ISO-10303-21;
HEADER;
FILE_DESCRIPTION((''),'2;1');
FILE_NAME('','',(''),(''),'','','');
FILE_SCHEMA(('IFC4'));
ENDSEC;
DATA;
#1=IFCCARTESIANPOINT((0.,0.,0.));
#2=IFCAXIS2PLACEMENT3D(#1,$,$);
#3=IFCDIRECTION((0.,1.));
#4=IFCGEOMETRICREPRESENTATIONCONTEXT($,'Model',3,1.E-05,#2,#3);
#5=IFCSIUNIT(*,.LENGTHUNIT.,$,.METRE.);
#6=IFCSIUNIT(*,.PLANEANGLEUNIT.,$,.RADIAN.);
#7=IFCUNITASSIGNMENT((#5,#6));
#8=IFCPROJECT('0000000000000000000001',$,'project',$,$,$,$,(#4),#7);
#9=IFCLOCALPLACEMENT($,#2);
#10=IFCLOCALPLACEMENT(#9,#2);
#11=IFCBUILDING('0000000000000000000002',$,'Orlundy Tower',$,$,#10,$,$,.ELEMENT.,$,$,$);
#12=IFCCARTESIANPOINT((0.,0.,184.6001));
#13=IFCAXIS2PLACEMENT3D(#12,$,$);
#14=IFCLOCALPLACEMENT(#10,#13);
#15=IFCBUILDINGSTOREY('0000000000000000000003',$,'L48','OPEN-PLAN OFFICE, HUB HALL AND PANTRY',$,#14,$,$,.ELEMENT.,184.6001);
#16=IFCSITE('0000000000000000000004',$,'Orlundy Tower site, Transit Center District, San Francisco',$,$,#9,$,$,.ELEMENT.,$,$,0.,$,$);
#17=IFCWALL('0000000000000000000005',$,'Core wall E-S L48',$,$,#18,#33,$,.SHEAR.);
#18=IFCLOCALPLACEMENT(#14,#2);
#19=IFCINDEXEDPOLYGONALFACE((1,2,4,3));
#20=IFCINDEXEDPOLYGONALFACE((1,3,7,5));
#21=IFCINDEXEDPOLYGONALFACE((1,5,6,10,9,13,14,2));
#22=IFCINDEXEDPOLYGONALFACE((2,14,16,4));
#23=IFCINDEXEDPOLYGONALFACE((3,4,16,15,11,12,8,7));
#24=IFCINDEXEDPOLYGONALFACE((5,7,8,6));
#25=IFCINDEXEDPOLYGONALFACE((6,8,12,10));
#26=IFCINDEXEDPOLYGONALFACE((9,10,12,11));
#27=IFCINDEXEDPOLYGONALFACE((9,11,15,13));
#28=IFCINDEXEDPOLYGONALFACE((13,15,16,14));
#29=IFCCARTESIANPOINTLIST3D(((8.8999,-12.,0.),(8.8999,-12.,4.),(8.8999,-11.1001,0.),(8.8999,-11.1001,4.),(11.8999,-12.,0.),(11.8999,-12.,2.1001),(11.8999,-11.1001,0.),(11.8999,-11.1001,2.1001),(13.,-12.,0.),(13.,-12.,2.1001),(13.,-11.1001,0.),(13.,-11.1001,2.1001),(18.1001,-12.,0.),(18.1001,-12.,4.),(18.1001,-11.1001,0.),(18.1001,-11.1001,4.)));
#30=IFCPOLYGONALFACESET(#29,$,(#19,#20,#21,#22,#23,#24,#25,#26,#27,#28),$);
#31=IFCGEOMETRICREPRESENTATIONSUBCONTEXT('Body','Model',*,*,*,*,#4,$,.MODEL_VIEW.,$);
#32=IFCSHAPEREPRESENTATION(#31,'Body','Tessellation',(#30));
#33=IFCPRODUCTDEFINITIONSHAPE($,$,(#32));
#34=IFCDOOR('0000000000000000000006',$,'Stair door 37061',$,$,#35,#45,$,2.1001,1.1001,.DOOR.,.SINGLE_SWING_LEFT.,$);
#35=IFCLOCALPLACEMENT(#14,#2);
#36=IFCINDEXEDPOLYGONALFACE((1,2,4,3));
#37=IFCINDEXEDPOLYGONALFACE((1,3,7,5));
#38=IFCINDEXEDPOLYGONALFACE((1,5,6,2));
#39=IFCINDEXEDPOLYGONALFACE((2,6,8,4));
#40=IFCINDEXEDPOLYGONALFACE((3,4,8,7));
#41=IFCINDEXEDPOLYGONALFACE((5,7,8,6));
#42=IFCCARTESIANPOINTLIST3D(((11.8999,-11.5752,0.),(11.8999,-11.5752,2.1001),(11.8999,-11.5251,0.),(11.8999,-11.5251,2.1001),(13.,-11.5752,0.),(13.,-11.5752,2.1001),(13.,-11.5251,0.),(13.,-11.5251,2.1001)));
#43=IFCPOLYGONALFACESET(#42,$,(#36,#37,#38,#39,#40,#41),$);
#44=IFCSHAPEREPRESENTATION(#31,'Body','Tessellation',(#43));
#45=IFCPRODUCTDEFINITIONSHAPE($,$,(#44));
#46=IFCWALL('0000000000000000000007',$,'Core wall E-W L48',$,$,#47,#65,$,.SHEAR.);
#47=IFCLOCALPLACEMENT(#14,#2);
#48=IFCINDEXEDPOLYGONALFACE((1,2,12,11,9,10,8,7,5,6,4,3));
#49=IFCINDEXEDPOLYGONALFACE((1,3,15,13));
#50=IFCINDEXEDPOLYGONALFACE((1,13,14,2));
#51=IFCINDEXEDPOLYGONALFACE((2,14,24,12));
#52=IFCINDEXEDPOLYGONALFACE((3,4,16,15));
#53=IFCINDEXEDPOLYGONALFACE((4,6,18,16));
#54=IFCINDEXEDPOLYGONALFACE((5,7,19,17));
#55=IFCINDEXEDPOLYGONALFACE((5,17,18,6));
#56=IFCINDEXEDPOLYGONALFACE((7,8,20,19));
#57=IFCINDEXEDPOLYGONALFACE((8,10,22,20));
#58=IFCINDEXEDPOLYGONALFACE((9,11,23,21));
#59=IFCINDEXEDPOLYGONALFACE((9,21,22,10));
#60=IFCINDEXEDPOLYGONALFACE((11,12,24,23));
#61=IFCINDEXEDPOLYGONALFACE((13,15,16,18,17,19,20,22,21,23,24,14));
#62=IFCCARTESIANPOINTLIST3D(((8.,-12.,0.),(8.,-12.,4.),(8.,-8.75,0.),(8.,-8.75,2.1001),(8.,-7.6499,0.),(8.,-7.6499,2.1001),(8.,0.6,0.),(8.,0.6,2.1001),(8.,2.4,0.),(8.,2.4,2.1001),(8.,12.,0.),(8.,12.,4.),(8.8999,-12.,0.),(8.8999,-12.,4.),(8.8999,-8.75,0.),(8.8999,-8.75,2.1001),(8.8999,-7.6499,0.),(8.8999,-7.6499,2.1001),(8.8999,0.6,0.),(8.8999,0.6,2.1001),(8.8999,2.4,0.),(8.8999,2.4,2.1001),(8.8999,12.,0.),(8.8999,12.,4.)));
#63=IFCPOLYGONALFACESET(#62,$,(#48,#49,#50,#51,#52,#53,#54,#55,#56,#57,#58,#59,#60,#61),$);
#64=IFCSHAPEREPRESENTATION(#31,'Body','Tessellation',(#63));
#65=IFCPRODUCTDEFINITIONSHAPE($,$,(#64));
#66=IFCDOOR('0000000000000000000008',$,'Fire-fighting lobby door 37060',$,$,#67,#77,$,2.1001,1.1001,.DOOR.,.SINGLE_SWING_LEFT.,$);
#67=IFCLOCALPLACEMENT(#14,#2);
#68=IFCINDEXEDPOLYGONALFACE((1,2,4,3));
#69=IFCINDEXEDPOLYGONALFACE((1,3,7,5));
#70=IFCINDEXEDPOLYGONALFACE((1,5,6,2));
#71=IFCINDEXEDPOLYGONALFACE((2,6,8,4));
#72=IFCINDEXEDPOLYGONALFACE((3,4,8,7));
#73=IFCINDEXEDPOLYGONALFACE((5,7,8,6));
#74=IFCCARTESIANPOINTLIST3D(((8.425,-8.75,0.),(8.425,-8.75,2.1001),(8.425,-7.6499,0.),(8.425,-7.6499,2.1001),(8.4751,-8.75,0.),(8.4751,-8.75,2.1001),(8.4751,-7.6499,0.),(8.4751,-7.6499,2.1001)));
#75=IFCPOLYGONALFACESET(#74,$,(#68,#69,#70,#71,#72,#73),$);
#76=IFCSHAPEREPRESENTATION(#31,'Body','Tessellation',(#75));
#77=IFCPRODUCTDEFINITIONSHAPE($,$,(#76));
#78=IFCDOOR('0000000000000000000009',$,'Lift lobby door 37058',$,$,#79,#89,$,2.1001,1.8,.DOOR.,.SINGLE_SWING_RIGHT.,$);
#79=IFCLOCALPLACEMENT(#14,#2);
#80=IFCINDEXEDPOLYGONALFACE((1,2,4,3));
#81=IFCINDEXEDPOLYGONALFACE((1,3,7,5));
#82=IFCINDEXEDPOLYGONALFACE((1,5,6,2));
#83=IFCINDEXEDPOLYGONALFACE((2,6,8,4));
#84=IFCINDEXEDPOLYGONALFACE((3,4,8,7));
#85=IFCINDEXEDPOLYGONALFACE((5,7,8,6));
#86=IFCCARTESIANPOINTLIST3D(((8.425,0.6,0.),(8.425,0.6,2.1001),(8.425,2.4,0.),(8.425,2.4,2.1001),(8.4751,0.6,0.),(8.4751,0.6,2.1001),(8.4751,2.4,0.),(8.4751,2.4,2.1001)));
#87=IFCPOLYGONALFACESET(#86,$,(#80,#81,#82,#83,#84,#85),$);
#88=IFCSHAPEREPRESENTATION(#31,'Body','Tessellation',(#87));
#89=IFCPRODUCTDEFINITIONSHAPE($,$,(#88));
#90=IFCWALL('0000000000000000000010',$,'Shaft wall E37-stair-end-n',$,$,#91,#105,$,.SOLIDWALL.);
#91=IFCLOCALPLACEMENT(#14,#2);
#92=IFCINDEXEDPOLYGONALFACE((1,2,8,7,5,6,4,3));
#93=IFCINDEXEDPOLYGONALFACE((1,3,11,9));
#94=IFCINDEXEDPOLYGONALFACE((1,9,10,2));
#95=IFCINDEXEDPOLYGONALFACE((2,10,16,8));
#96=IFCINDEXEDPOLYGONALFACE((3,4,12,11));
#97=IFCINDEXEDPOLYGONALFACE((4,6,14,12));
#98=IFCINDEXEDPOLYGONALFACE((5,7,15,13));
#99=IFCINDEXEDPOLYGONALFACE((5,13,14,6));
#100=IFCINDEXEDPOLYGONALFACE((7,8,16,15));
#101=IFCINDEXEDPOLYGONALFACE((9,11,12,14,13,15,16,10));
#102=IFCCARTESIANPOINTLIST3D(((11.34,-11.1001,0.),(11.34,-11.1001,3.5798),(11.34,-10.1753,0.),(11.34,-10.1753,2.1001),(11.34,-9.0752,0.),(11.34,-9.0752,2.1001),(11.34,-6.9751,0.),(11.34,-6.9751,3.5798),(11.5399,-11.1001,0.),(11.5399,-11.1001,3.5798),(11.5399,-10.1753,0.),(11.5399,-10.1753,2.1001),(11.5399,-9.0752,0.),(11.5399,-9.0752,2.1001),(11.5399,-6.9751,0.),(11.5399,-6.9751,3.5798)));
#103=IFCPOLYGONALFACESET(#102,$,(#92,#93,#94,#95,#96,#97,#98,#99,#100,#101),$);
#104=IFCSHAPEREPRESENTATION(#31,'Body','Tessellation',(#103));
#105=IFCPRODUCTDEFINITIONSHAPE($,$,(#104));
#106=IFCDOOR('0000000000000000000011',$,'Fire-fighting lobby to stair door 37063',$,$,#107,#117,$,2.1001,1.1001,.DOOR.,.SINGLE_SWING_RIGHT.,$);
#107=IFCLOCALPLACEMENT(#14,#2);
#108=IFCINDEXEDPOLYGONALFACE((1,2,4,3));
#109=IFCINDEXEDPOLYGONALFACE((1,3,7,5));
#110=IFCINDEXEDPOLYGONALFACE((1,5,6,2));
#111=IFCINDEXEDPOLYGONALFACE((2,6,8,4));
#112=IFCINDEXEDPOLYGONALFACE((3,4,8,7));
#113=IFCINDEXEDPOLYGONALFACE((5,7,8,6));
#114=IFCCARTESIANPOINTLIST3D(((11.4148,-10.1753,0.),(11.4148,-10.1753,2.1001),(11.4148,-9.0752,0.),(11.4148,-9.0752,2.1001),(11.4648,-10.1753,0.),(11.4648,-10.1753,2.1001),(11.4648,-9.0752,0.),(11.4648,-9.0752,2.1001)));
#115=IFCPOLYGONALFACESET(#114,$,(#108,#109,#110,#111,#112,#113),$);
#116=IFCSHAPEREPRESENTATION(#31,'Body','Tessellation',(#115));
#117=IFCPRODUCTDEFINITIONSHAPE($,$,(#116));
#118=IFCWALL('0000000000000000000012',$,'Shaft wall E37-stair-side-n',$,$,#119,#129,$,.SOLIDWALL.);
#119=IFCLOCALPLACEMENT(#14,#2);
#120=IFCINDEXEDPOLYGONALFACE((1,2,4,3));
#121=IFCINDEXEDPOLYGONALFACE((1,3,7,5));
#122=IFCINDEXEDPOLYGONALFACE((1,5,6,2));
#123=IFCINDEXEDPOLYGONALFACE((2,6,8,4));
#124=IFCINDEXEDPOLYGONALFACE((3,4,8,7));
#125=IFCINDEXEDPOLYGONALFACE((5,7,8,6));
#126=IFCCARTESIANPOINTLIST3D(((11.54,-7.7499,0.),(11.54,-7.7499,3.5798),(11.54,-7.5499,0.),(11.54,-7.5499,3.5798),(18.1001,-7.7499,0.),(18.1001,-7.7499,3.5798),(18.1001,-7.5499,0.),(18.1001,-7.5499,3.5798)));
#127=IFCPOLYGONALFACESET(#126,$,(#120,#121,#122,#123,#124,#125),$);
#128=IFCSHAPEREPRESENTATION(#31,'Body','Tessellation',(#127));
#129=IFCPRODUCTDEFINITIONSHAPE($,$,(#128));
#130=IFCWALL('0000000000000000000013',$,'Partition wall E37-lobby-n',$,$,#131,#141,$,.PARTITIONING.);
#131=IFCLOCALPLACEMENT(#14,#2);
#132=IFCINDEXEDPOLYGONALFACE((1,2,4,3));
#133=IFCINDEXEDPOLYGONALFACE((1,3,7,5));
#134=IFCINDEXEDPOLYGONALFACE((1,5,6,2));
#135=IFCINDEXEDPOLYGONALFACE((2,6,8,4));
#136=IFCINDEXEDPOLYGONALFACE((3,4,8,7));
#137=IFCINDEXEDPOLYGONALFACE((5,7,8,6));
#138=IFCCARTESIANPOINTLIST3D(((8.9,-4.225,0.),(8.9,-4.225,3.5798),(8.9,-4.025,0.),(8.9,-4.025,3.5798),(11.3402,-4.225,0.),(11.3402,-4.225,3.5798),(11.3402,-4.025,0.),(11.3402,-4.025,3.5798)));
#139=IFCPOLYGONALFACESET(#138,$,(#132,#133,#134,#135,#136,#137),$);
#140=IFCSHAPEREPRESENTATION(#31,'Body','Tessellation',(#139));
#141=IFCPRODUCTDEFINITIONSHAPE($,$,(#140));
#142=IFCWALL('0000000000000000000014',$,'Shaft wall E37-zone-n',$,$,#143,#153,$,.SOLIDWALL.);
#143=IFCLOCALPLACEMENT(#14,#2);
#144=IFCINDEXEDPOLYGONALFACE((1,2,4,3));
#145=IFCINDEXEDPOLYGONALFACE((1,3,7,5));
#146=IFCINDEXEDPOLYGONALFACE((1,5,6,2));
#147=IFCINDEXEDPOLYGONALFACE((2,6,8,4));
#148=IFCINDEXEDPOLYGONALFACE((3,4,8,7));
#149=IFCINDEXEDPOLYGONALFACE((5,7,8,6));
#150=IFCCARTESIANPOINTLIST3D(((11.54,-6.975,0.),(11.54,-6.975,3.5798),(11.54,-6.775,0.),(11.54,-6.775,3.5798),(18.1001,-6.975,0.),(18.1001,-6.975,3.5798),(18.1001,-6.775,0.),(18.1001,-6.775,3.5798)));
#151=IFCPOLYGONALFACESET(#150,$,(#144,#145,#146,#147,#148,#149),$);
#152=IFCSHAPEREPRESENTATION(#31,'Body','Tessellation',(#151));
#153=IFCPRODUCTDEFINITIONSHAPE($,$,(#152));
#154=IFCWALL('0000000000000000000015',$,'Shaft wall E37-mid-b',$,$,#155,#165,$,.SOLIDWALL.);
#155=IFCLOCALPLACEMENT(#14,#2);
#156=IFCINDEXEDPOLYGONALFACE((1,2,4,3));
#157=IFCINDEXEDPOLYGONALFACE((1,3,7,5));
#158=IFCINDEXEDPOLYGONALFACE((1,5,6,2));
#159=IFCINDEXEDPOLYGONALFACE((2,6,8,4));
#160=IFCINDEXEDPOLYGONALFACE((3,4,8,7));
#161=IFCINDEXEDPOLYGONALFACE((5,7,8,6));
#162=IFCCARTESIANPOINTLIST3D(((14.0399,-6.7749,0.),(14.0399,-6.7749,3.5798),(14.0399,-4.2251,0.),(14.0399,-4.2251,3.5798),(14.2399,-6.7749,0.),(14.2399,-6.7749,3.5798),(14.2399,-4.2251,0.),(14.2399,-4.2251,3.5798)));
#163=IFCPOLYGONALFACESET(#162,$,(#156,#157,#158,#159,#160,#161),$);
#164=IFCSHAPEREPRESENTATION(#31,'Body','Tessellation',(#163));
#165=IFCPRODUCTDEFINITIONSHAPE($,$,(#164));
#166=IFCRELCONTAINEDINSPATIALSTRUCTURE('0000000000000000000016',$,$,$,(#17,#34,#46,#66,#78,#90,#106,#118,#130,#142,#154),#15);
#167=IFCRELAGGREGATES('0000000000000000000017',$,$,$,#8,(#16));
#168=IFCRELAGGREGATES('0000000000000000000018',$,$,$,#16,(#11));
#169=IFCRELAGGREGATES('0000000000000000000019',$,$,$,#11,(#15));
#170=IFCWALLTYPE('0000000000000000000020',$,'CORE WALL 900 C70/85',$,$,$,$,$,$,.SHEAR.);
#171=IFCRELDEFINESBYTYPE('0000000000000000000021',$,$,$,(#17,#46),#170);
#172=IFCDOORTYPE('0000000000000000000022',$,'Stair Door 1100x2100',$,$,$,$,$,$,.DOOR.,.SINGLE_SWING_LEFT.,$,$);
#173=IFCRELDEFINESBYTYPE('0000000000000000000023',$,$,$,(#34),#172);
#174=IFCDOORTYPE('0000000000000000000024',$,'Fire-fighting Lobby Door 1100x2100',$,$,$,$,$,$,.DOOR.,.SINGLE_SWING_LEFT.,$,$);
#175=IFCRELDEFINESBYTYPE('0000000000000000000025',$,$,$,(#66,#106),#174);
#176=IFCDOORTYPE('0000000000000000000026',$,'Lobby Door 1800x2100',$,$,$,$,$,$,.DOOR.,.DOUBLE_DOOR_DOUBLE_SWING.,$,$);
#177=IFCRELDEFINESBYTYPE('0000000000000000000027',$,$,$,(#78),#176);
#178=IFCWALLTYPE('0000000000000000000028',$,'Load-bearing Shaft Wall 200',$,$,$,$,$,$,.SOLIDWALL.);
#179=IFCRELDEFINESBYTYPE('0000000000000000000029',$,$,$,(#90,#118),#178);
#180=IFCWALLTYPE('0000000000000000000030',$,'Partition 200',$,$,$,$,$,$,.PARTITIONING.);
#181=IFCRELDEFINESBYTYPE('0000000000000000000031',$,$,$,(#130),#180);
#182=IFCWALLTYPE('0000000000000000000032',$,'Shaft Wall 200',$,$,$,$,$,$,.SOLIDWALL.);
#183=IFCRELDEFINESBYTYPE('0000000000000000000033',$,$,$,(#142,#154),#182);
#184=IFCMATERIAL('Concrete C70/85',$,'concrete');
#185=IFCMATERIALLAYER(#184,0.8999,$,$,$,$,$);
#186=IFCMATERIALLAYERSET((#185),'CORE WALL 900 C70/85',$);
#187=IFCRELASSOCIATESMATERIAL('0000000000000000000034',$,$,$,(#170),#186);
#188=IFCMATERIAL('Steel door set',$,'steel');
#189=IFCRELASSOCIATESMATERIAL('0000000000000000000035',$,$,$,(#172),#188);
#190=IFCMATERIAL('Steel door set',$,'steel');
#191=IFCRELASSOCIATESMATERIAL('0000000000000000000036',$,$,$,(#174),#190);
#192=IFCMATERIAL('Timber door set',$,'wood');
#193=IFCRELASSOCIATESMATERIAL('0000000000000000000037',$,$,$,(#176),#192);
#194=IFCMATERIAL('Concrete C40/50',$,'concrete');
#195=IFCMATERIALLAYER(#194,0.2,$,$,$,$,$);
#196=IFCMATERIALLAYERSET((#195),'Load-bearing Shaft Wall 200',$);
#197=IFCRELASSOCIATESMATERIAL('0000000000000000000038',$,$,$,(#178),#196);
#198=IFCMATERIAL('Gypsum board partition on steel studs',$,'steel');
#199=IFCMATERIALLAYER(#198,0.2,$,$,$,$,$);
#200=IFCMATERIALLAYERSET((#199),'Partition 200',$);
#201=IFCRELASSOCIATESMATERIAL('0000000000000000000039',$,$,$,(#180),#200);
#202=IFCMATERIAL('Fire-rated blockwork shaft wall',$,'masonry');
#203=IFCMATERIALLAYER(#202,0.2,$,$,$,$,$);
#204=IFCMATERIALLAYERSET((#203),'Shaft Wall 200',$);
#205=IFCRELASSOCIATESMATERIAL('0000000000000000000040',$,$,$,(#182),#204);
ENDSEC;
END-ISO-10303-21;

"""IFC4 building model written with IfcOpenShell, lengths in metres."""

from ifc_helpers import new_model, si_unit, direction, frame, frame_2d, origin, place, context, subcontext, project, spatial, rectangle, extrude, material, layer, layer_set, type_object, element, fill, save


model = new_model("IFC4")

# Units and contexts
model_context = context("Model", 3, precision=1e-05, world=origin(), true_north=direction((0.0, 1.0)))
body_context = subcontext(model_context, "Body", "Model", "MODEL_VIEW")
ifc_project = project(units=[si_unit("LENGTHUNIT", "METRE"), si_unit("PLANEANGLEUNIT", "RADIAN")], contexts=[model_context])

# Site, building, storey
site_placement = place(None, origin())
site = spatial("IfcSite", under=ifc_project, at=site_placement, Name="Orlundy Tower site, Transit Center District, San Francisco", CompositionType="ELEMENT", RefElevation=0.0)
building_placement = place(site_placement, origin())
building = spatial("IfcBuilding", under=site, at=building_placement, Name="Orlundy Tower", CompositionType="ELEMENT")
storey_placement = place(building_placement, frame((0.0, 0.0, 184.6001)))
storey = spatial("IfcBuildingStorey", under=building, at=storey_placement, Name="L48", Description="OPEN-PLAN OFFICE, HUB HALL AND PANTRY", CompositionType="ELEMENT", Elevation=184.6001)

# Wall, opening, door
ifc_material_1 = material(Name="Concrete C70/85", Category="concrete")
ifc_layer_1 = layer(ifc_material_1, 0.8999)
ifc_layer_set_1 = layer_set([ifc_layer_1], Name="CORE WALL 900 C70/85")
wall_type_1 = type_object("IfcWallType", Name="CORE WALL 900 C70/85", PredefinedType="SHEAR", material=ifc_layer_set_1)
wall_1_placement = place(storey_placement, frame((8.8999, -11.55, 0.0), z_axis=(0.0, 0.0, 1.0), x_axis=(1.0, 0.0, 0.0)))
wall_1 = element("IfcWall", 1, at=wall_1_placement, inside=storey, type_object=wall_type_1, Name="Core wall E-S L48", PredefinedType="SHEAR", context=body_context, shape_type="SweptSolid", body=[
    extrude(rectangle(XDim=9.2002, YDim=0.8999, at=frame_2d((4.6001, 0.0))), origin(), (0.0, 0.0, 1.0), 4.0),
])
opening_1_placement = place(wall_1_placement, frame((3.0, 0.0, 0.0)))
opening_1 = element("IfcOpeningElement", 2, at=opening_1_placement, cuts=wall_1, PredefinedType="OPENING", context=body_context, shape_type="SweptSolid", body=[
    extrude(rectangle(XDim=1.1001, YDim=2.1001, at=frame_2d((0.55, 1.05))), frame((0.0, 0.46, 0.0), z_axis=(0.0, -1.0, 0.0), x_axis=(1.0, 0.0, 0.0)), (0.0, 0.0, 1.0), 0.9199),
])
ifc_material_2 = material(Name="Steel door set", Category="steel")
door_type_1 = type_object("IfcDoorType", Name="Stair Door 1100x2100", OperationType="SINGLE_SWING_LEFT", PredefinedType="DOOR", material=ifc_material_2)
door_1_placement = place(opening_1_placement, origin())
door_1 = element("IfcDoor", 3, at=door_1_placement, inside=storey, type_object=door_type_1, Name="Stair door 37061", OperationType="SINGLE_SWING_LEFT", OverallHeight=2.1001, OverallWidth=1.1001, PredefinedType="DOOR", context=body_context, shape_type="SweptSolid", body=[
    extrude(rectangle(XDim=1.1001, YDim=2.1001, at=frame_2d((0.55, 1.05))), frame((0.0, 0.0249, 0.0), z_axis=(0.0, -1.0, 0.0), x_axis=(1.0, 0.0, 0.0)), (0.0, 0.0, 1.0), 0.05),
])
fill(opening_1, door_1)

# Wall, openings, doors
wall_2_placement = place(storey_placement, frame((8.45, -12.0, 0.0), z_axis=(0.0, 0.0, 1.0), x_axis=(0.0, 1.0, 0.0)))
wall_2 = element("IfcWall", 4, at=wall_2_placement, inside=storey, type_object=wall_type_1, Name="Core wall E-W L48", PredefinedType="SHEAR", context=body_context, shape_type="SweptSolid", body=[
    extrude(rectangle(XDim=24.0, YDim=0.8999, at=frame_2d((12.0, 0.0))), origin(), (0.0, 0.0, 1.0), 4.0),
])
opening_2_placement = place(wall_2_placement, frame((12.6001, 0.0, 0.0)))
opening_2 = element("IfcOpeningElement", 5, at=opening_2_placement, cuts=wall_2, PredefinedType="OPENING", context=body_context, shape_type="SweptSolid", body=[
    extrude(rectangle(XDim=1.8, YDim=2.1001, at=frame_2d((0.8999, 1.05))), frame((0.0, 0.46, 0.0), z_axis=(0.0, -1.0, 0.0), x_axis=(1.0, 0.0, 0.0)), (0.0, 0.0, 1.0), 0.9199),
])
opening_3_placement = place(wall_2_placement, frame((3.25, 0.0, 0.0)))
opening_3 = element("IfcOpeningElement", 6, at=opening_3_placement, cuts=wall_2, PredefinedType="OPENING", context=body_context, shape_type="SweptSolid", body=[
    extrude(rectangle(XDim=1.1001, YDim=2.1001, at=frame_2d((0.55, 1.05))), frame((0.0, 0.46, 0.0), z_axis=(0.0, -1.0, 0.0), x_axis=(1.0, 0.0, 0.0)), (0.0, 0.0, 1.0), 0.9199),
])
ifc_material_3 = material(Name="Steel door set", Category="steel")
door_type_2 = type_object("IfcDoorType", Name="Fire-fighting Lobby Door 1100x2100", OperationType="SINGLE_SWING_LEFT", PredefinedType="DOOR", material=ifc_material_3)
door_2_placement = place(opening_3_placement, origin())
door_2 = element("IfcDoor", 7, at=door_2_placement, inside=storey, type_object=door_type_2, Name="Fire-fighting lobby door 37060", OperationType="SINGLE_SWING_LEFT", OverallHeight=2.1001, OverallWidth=1.1001, PredefinedType="DOOR", context=body_context, shape_type="SweptSolid", body=[
    extrude(rectangle(XDim=1.1001, YDim=2.1001, at=frame_2d((0.55, 1.05))), frame((0.0, 0.0249, 0.0), z_axis=(0.0, -1.0, 0.0), x_axis=(1.0, 0.0, 0.0)), (0.0, 0.0, 1.0), 0.05),
])
fill(opening_3, door_2)
ifc_material_4 = material(Name="Timber door set", Category="wood")
door_type_3 = type_object("IfcDoorType", Name="Lobby Door 1800x2100", OperationType="DOUBLE_DOOR_DOUBLE_SWING", PredefinedType="DOOR", material=ifc_material_4)
door_3_placement = place(opening_2_placement, origin())
door_3 = element("IfcDoor", 8, at=door_3_placement, inside=storey, type_object=door_type_3, Name="Lift lobby door 37058", OperationType="SINGLE_SWING_RIGHT", OverallHeight=2.1001, OverallWidth=1.8, PredefinedType="DOOR", context=body_context, shape_type="SweptSolid", body=[
    extrude(rectangle(XDim=1.8, YDim=2.1001, at=frame_2d((0.8999, 1.05))), frame((0.0, 0.0249, 0.0), z_axis=(0.0, -1.0, 0.0), x_axis=(1.0, 0.0, 0.0)), (0.0, 0.0, 1.0), 0.05),
])
fill(opening_2, door_3)

# Wall, opening, door
ifc_material_5 = material(Name="Concrete C40/50", Category="concrete")
ifc_layer_2 = layer(ifc_material_5, 0.2)
ifc_layer_set_2 = layer_set([ifc_layer_2], Name="Load-bearing Shaft Wall 200")
wall_type_2 = type_object("IfcWallType", Name="Load-bearing Shaft Wall 200", PredefinedType="SOLIDWALL", material=ifc_layer_set_2)
wall_3_placement = place(storey_placement, frame((11.4399, -6.9751, 0.0), z_axis=(0.0, 0.0, 1.0), x_axis=(0.0, -1.0, 0.0)))
wall_3 = element("IfcWall", 9, at=wall_3_placement, inside=storey, type_object=wall_type_2, Name="Shaft wall E37-stair-end-n", PredefinedType="SOLIDWALL", context=body_context, shape_type="SweptSolid", body=[
    extrude(rectangle(XDim=4.125, YDim=0.2, at=frame_2d((2.0625, 0.0))), origin(), (0.0, 0.0, 1.0), 3.5798),
])
opening_4_placement = place(wall_3_placement, frame((2.1001, 0.0, 0.0)))
opening_4 = element("IfcOpeningElement", 10, at=opening_4_placement, cuts=wall_3, PredefinedType="OPENING", context=body_context, shape_type="SweptSolid", body=[
    extrude(rectangle(XDim=1.1001, YDim=2.1001, at=frame_2d((0.55, 1.05))), frame((0.0, 0.1101, 0.0), z_axis=(0.0, -1.0, 0.0), x_axis=(1.0, 0.0, 0.0)), (0.0, 0.0, 1.0), 0.2202),
])
door_4_placement = place(opening_4_placement, origin())
door_4 = element("IfcDoor", 11, at=door_4_placement, inside=storey, type_object=door_type_2, Name="Fire-fighting lobby to stair door 37063", OperationType="SINGLE_SWING_RIGHT", OverallHeight=2.1001, OverallWidth=1.1001, PredefinedType="DOOR", context=body_context, shape_type="SweptSolid", body=[
    extrude(rectangle(XDim=1.1001, YDim=2.1001, at=frame_2d((0.55, 1.05))), frame((0.0, 0.0249, 0.0), z_axis=(0.0, -1.0, 0.0), x_axis=(1.0, 0.0, 0.0)), (0.0, 0.0, 1.0), 0.05),
])
fill(opening_4, door_4)

# Walls
wall_4_placement = place(storey_placement, frame((11.54, -7.6499, 0.0), z_axis=(0.0, 0.0, 1.0), x_axis=(1.0, 0.0, 0.0)))
element("IfcWall", 12, at=wall_4_placement, inside=storey, type_object=wall_type_2, Name="Shaft wall E37-stair-side-n", PredefinedType="SOLIDWALL", context=body_context, shape_type="SweptSolid", body=[
    extrude(rectangle(XDim=6.5601, YDim=0.2, at=frame_2d((3.28, 0.0))), origin(), (0.0, 0.0, 1.0), 3.5798),
])
ifc_material_6 = material(Name="Gypsum board partition on steel studs", Category="steel")
ifc_layer_3 = layer(ifc_material_6, 0.2)
ifc_layer_set_3 = layer_set([ifc_layer_3], Name="Partition 200")
wall_type_3 = type_object("IfcWallType", Name="Partition 200", PredefinedType="PARTITIONING", material=ifc_layer_set_3)
wall_5_placement = place(storey_placement, frame((8.8999, -4.125, 0.0), z_axis=(0.0, 0.0, 1.0), x_axis=(1.0, 0.0, 0.0)))
element("IfcWall", 13, at=wall_5_placement, inside=storey, type_object=wall_type_3, Name="Partition wall E37-lobby-n", PredefinedType="PARTITIONING", context=body_context, shape_type="SweptSolid", body=[
    extrude(rectangle(XDim=2.4402, YDim=0.2, at=frame_2d((1.2202, 0.0))), origin(), (0.0, 0.0, 1.0), 3.5798),
])
ifc_material_7 = material(Name="Fire-rated blockwork shaft wall", Category="masonry")
ifc_layer_4 = layer(ifc_material_7, 0.2)
ifc_layer_set_4 = layer_set([ifc_layer_4], Name="Shaft Wall 200")
wall_type_4 = type_object("IfcWallType", Name="Shaft Wall 200", PredefinedType="SOLIDWALL", material=ifc_layer_set_4)
wall_6_placement = place(storey_placement, frame((11.54, -6.875, 0.0), z_axis=(0.0, 0.0, 1.0), x_axis=(1.0, 0.0, 0.0)))
element("IfcWall", 14, at=wall_6_placement, inside=storey, type_object=wall_type_4, Name="Shaft wall E37-zone-n", PredefinedType="SOLIDWALL", context=body_context, shape_type="SweptSolid", body=[
    extrude(rectangle(XDim=6.5601, YDim=0.2, at=frame_2d((3.28, 0.0))), origin(), (0.0, 0.0, 1.0), 3.5798),
])
wall_7_placement = place(storey_placement, frame((14.1399, -4.2251, 0.0), z_axis=(0.0, 0.0, 1.0), x_axis=(0.0, -1.0, 0.0)))
element("IfcWall", 15, at=wall_7_placement, inside=storey, type_object=wall_type_4, Name="Shaft wall E37-mid-b", PredefinedType="SOLIDWALL", context=body_context, shape_type="SweptSolid", body=[
    extrude(rectangle(XDim=2.5498, YDim=0.2, at=frame_2d((1.2749, 0.0))), origin(), (0.0, 0.0, 1.0), 3.5798),
])

save(model, "model.ifc")
